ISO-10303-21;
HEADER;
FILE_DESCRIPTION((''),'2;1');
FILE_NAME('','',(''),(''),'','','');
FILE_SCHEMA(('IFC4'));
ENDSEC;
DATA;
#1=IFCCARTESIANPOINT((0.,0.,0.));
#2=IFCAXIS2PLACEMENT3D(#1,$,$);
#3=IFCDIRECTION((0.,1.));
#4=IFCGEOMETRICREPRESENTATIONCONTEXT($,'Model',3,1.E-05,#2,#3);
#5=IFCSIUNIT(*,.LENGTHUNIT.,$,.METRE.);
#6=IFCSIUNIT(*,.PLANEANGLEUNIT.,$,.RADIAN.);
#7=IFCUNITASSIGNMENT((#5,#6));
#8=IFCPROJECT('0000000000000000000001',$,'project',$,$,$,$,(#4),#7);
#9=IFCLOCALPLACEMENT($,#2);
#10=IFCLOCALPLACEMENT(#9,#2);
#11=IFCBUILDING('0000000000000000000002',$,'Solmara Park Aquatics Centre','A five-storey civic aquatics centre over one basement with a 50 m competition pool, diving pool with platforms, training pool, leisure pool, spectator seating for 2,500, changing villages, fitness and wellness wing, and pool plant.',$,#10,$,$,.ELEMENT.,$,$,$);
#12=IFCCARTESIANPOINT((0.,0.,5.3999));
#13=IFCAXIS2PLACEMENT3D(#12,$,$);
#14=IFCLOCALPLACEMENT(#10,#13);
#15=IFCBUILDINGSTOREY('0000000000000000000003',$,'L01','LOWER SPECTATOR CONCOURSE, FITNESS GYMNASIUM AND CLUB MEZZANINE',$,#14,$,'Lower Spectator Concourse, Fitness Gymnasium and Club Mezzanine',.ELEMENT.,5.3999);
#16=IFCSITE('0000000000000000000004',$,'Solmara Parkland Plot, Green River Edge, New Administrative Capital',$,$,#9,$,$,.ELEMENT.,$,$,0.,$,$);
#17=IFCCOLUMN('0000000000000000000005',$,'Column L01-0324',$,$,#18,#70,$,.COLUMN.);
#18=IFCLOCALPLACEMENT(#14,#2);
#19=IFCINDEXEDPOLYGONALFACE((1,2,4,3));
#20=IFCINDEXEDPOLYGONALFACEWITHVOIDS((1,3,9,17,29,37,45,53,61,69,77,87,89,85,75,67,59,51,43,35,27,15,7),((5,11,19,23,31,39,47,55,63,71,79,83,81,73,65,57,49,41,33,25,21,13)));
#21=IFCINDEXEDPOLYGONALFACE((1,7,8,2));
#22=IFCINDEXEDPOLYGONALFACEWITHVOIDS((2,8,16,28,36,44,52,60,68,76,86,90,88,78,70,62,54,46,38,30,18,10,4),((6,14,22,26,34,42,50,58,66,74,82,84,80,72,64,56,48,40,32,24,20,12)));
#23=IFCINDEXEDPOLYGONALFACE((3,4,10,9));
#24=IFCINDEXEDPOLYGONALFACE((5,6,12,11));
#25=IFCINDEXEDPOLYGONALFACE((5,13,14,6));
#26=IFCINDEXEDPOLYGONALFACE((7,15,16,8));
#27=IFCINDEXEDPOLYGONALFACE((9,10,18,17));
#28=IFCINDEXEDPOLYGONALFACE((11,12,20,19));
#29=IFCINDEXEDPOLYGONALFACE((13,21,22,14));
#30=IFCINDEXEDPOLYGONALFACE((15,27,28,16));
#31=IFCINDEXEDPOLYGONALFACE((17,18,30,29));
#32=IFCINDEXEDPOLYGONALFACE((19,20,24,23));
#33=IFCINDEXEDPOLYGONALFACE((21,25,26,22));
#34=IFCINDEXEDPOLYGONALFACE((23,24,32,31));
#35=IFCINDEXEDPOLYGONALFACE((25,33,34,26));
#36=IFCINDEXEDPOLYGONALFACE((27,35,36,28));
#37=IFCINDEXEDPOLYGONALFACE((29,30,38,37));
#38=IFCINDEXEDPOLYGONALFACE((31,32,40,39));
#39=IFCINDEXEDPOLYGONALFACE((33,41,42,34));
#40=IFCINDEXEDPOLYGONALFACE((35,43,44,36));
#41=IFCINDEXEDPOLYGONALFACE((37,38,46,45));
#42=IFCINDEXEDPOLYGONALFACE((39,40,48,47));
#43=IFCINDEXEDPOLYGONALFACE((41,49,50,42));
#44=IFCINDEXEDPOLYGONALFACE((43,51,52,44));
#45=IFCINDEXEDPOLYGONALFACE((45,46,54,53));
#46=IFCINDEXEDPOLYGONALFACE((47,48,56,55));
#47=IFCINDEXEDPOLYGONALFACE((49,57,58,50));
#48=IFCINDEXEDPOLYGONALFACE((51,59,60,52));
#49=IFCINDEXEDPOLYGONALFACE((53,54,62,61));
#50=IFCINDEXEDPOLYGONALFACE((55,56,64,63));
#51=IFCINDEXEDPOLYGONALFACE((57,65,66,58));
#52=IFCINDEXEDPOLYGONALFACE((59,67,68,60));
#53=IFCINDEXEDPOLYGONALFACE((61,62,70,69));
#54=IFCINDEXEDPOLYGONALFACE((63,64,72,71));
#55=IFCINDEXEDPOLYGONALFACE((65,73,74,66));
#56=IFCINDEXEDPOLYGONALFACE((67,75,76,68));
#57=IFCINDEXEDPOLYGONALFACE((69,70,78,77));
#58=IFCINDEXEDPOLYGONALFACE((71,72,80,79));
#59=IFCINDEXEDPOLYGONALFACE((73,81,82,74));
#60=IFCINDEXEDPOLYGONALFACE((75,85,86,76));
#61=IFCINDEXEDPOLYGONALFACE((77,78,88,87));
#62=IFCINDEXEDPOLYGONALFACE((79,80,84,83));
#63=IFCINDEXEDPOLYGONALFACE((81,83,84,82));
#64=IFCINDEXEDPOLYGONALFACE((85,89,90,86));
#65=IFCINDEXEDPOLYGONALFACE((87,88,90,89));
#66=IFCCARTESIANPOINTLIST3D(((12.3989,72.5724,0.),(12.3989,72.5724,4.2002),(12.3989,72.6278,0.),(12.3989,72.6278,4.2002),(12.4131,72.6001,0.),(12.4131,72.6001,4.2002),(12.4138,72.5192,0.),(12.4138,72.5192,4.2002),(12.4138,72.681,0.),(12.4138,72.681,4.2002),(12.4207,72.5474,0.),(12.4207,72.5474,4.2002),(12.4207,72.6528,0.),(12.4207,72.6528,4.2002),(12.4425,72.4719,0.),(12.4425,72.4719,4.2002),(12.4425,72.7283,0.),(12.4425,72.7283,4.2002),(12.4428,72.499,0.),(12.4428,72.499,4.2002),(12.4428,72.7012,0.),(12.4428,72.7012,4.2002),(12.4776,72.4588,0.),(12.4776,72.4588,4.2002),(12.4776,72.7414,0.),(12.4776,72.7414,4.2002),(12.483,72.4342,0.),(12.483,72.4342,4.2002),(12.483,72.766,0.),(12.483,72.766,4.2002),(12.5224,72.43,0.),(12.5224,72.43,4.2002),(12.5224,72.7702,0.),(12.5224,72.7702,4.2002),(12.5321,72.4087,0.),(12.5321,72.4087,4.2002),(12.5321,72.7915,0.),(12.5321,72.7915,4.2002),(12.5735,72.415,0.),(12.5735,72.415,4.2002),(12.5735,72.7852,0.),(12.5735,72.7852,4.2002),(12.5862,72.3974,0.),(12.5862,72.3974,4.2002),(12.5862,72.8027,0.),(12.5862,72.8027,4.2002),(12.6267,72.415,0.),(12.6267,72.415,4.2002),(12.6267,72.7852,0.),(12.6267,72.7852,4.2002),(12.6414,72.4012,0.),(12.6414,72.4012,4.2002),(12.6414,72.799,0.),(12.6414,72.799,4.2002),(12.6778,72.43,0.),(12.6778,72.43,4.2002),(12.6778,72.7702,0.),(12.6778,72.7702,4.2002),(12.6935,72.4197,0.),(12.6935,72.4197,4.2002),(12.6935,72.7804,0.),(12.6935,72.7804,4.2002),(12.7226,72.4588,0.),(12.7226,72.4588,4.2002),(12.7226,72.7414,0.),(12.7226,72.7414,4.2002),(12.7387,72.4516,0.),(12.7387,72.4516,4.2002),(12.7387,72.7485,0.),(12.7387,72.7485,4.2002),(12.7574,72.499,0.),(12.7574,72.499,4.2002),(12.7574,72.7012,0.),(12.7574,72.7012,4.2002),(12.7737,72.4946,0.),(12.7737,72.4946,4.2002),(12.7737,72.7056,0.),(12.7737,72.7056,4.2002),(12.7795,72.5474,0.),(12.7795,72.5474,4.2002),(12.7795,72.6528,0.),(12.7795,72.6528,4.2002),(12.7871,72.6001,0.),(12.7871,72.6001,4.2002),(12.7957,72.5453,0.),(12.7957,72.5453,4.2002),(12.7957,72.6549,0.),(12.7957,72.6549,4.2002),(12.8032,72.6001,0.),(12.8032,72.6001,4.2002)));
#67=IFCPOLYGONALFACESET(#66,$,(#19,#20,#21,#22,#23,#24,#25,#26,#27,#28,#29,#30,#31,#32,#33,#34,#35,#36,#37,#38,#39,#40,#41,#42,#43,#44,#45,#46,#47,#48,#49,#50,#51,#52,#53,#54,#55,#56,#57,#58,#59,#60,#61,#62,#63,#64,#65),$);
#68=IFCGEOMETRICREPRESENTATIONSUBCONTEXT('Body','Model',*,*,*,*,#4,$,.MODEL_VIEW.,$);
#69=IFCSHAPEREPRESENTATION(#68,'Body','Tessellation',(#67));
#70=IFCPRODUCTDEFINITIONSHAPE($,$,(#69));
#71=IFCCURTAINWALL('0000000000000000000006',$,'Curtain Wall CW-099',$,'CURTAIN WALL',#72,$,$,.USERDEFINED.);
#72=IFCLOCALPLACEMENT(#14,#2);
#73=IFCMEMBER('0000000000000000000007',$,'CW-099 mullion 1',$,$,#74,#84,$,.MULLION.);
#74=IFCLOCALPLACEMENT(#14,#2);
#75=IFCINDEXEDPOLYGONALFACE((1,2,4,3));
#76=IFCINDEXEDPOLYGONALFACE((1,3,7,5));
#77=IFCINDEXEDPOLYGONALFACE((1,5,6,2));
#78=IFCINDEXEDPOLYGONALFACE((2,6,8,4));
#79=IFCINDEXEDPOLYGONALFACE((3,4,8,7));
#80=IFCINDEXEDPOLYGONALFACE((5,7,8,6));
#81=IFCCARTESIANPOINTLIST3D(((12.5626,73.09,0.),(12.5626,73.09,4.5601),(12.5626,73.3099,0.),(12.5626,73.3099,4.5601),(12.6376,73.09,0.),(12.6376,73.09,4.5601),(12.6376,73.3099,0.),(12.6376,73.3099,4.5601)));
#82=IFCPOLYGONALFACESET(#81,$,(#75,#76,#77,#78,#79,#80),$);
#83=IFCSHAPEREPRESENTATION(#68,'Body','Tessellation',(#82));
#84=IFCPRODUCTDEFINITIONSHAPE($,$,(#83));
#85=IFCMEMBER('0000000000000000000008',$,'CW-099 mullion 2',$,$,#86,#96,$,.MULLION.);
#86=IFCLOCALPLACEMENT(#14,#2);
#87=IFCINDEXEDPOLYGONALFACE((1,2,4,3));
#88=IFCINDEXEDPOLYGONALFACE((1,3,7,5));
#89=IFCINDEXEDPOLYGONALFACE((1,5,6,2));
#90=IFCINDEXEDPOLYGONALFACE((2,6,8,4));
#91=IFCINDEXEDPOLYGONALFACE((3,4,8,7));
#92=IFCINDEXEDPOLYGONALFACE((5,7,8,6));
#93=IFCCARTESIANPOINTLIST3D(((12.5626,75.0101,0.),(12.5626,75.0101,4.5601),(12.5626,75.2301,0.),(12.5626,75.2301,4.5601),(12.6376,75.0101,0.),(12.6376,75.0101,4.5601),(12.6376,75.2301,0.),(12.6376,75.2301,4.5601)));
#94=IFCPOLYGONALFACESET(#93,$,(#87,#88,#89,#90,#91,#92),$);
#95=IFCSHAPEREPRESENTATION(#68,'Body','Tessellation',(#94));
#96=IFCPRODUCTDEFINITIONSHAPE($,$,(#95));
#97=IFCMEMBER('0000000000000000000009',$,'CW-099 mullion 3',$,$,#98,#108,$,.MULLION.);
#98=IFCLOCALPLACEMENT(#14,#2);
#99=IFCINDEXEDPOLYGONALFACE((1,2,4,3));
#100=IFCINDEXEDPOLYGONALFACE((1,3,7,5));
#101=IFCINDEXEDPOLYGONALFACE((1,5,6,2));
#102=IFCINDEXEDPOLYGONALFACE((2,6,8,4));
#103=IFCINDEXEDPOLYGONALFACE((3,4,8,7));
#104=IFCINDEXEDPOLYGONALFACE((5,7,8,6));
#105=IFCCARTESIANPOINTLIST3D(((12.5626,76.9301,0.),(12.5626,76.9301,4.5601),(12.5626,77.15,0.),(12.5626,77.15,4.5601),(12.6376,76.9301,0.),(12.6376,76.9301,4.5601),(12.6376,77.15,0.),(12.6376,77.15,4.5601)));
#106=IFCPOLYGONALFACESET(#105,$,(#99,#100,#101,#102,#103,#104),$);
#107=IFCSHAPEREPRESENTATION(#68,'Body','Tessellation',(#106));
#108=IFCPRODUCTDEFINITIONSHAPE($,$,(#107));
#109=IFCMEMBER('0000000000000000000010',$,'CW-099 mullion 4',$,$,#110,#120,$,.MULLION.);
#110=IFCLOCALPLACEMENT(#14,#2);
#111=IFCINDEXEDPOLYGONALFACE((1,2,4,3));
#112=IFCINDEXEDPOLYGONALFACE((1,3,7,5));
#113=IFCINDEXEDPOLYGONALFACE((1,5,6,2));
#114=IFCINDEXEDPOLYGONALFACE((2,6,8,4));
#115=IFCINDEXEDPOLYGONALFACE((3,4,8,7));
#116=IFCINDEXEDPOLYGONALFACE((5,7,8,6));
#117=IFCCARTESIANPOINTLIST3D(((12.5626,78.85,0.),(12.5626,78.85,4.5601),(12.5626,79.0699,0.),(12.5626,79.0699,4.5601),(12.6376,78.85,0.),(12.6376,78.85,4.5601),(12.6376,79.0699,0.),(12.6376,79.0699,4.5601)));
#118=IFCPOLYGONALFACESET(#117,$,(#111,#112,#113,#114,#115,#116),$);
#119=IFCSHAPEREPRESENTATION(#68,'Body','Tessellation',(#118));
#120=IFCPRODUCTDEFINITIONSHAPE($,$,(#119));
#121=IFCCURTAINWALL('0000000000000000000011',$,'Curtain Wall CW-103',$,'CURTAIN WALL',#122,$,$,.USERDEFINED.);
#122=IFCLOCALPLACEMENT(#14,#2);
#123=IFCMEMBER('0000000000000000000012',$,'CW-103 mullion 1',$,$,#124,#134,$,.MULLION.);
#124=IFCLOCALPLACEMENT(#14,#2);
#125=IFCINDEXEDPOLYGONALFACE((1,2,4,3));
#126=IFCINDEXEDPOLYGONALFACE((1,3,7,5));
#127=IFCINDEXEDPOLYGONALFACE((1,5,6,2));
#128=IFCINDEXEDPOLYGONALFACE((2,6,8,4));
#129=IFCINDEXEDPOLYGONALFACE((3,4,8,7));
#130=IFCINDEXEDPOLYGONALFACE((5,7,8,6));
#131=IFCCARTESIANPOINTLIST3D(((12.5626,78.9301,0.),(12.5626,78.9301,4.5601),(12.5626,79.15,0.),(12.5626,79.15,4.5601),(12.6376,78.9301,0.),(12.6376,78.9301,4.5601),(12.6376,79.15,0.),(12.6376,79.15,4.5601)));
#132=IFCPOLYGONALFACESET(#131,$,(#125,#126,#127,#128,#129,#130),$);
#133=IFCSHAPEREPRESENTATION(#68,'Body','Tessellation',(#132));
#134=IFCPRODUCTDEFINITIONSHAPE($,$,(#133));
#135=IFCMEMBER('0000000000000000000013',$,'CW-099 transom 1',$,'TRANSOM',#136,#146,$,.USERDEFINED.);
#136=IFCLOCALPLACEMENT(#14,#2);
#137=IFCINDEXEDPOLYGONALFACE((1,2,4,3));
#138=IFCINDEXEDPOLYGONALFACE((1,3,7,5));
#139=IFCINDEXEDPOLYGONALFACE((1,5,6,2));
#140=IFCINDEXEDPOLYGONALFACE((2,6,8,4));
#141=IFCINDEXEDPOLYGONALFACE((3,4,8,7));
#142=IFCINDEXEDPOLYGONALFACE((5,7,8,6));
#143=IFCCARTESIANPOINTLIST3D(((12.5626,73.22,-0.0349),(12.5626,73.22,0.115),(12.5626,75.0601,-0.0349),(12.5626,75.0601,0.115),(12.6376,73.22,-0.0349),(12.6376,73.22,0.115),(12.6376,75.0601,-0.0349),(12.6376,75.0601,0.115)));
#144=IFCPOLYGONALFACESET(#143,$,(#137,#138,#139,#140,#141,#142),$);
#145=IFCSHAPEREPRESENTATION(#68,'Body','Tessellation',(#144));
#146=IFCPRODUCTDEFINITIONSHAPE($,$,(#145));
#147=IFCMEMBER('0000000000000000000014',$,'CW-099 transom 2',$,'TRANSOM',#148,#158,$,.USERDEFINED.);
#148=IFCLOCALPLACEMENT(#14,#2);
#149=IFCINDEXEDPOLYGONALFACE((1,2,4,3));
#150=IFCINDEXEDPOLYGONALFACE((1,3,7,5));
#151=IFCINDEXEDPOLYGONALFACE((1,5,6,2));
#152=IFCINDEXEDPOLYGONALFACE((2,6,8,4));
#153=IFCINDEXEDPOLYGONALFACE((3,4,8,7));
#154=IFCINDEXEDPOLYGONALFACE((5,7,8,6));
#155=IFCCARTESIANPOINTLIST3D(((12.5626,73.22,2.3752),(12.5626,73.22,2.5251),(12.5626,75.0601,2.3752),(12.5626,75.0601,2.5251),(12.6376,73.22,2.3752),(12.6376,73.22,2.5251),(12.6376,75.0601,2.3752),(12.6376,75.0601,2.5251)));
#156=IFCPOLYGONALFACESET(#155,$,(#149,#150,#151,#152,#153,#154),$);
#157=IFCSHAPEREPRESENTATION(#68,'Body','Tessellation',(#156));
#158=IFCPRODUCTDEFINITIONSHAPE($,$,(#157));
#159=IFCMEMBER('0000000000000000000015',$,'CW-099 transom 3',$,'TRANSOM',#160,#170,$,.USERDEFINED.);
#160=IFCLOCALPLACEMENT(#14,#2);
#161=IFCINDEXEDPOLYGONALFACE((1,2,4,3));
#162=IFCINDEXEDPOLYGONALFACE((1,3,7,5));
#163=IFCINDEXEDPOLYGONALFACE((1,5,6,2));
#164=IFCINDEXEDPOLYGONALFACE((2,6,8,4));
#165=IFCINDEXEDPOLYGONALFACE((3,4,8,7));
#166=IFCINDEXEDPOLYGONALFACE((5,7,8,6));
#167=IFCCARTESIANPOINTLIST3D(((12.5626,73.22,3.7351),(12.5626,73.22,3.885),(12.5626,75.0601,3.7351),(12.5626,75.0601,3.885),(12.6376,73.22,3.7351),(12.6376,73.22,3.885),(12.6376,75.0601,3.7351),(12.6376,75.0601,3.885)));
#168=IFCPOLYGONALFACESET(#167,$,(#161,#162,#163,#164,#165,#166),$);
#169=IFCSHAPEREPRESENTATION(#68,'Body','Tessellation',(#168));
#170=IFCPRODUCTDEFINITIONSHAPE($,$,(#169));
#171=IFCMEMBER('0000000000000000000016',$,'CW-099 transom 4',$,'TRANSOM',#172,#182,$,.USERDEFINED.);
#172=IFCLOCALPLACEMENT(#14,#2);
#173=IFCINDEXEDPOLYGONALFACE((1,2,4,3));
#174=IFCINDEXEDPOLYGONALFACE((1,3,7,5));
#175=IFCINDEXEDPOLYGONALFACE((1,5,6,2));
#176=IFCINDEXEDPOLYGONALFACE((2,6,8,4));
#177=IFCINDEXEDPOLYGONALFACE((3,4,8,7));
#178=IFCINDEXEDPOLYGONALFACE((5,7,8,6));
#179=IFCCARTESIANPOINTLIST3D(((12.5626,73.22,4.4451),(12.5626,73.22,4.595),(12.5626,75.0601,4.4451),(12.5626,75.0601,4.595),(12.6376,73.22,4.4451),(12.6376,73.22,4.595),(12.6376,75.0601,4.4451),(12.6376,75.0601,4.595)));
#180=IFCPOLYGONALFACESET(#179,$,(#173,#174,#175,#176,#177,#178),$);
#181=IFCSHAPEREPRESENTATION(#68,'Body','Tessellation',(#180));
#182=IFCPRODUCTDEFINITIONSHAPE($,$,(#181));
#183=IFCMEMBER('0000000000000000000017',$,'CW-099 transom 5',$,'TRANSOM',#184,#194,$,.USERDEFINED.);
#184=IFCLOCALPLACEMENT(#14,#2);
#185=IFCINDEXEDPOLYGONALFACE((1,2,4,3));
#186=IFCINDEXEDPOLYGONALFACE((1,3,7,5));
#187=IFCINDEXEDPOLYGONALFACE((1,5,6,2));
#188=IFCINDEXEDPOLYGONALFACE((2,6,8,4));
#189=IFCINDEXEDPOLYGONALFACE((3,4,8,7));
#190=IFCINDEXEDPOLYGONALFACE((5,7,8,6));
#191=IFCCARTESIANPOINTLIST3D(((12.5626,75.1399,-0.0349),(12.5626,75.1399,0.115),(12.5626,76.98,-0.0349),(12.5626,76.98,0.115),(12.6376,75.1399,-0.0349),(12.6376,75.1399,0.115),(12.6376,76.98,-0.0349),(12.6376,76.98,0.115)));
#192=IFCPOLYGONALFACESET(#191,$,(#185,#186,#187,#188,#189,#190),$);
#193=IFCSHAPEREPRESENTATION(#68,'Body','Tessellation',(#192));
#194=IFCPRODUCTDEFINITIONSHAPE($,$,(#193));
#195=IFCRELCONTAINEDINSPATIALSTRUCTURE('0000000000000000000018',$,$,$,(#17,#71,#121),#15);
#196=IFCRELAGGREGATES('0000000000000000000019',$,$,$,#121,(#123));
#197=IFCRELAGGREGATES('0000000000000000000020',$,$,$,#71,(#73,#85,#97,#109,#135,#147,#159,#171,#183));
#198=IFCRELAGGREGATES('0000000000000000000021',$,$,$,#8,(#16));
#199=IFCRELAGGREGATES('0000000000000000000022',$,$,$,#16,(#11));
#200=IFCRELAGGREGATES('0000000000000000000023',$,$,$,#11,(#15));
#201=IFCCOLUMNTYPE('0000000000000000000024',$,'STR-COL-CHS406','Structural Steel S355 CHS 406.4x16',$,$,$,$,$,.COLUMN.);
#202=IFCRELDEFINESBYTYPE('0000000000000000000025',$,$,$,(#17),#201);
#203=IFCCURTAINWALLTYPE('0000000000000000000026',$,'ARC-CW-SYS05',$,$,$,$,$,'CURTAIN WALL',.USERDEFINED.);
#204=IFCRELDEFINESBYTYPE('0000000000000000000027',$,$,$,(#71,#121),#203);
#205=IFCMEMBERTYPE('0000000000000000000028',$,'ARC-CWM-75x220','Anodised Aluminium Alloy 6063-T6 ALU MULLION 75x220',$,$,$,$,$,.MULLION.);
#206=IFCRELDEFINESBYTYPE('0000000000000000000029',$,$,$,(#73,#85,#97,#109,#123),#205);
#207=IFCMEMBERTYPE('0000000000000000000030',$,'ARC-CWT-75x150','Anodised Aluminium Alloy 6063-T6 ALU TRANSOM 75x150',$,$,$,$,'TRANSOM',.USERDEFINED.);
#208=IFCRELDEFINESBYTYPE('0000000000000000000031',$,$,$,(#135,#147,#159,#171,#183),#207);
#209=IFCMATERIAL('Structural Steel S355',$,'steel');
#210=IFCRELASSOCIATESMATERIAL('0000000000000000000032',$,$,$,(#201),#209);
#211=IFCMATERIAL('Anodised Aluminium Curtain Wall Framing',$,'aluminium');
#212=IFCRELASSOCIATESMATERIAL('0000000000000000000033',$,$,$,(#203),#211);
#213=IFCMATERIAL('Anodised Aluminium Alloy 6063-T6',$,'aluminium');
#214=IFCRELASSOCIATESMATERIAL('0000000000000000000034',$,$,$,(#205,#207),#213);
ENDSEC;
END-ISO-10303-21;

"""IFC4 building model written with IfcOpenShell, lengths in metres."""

from ifc_helpers import new_model, si_unit, direction, frame, origin, origin_2d, place, context, subcontext, project, spatial, rectangle, hollow_circle, extrude, material, material_profile, profile_set, type_object, element, aggregate, save


model = new_model("IFC4")

# Units and contexts
model_context = context("Model", 3, precision=1e-05, world=origin(), true_north=direction((0.0, 1.0)))
body_context = subcontext(model_context, "Body", "Model", "MODEL_VIEW")
ifc_project = project(units=[si_unit("LENGTHUNIT", "METRE"), si_unit("PLANEANGLEUNIT", "RADIAN")], contexts=[model_context])

# Site, building, storey
site_placement = place(None, origin())
site = spatial("IfcSite", under=ifc_project, at=site_placement, Name="Solmara Parkland Plot, Green River Edge, New Administrative Capital", CompositionType="ELEMENT", RefElevation=0.0)
building_placement = place(site_placement, origin())
building = spatial("IfcBuilding", under=site, at=building_placement, Name="Solmara Park Aquatics Centre", Description="A five-storey civic aquatics centre over one basement with a 50 m competition pool, diving pool with platforms, training pool, leisure pool, spectator seating for 2,500, changing villages, fitness and wellness wing, and pool plant.", CompositionType="ELEMENT")
storey_placement = place(building_placement, frame((0.0, 0.0, 5.3999)))
storey = spatial("IfcBuildingStorey", under=building, at=storey_placement, Name="L01", Description="LOWER SPECTATOR CONCOURSE, FITNESS GYMNASIUM AND CLUB MEZZANINE", LongName="Lower Spectator Concourse, Fitness Gymnasium and Club Mezzanine", CompositionType="ELEMENT", Elevation=5.3999)

# Column
ifc_material_1 = material(Name="Structural Steel S355", Category="steel")
ifc_material_profile_1 = material_profile(ifc_material_1, hollow_circle(Radius=0.2031, WallThickness=0.0161, at=origin_2d()), Name="CHS 406.4x16")
ifc_profile_set_1 = profile_set([ifc_material_profile_1], Name="Structural Steel S355")
column_type = type_object("IfcColumnType", Name="STR-COL-CHS406", Description="Structural Steel S355 CHS 406.4x16", PredefinedType="COLUMN", material=ifc_profile_set_1)
column_placement = place(storey_placement, frame((12.6001, 72.6001, 0.0), z_axis=(0.0, 0.0, 1.0), x_axis=(1.0, 0.0, 0.0)))
element("IfcColumn", 1, at=column_placement, inside=storey, type_object=column_type, Name="Column L01-0324", PredefinedType="COLUMN", context=body_context, shape_type="SweptSolid", body=[
    extrude(hollow_circle(Radius=0.2031, WallThickness=0.0161, at=origin_2d()), origin(), (0.0, 0.0, 1.0), 4.2002),
])

# Curtain wall, members
ifc_material_2 = material(Name="Anodised Aluminium Curtain Wall Framing", Category="aluminium")
curtain_wall_type = type_object("IfcCurtainWallType", Name="ARC-CW-SYS05", ElementType="CURTAIN WALL", PredefinedType="USERDEFINED", material=ifc_material_2)
curtain_wall_1_placement = place(storey_placement, origin())
curtain_wall_1 = element("IfcCurtainWall", 2, at=curtain_wall_1_placement, inside=storey, type_object=curtain_wall_type, Name="Curtain Wall CW-099", ObjectType="CURTAIN WALL", PredefinedType="USERDEFINED")
ifc_material_3 = material(Name="Anodised Aluminium Alloy 6063-T6", Category="aluminium")
ifc_material_profile_2 = material_profile(ifc_material_3, rectangle(XDim=0.075, YDim=0.22, at=origin_2d()), Name="ALU MULLION 75x220")
ifc_profile_set_2 = profile_set([ifc_material_profile_2], Name="Anodised Aluminium Alloy 6063-T6")
member_type_1 = type_object("IfcMemberType", Name="ARC-CWM-75x220", Description="Anodised Aluminium Alloy 6063-T6 ALU MULLION 75x220", PredefinedType="MULLION", material=ifc_profile_set_2)
member_1_placement = place(storey_placement, frame((12.6001, 73.2, 0.0), z_axis=(0.0, 0.0, 1.0), x_axis=(1.0, 0.0, 0.0)))
member_1 = element("IfcMember", 3, at=member_1_placement, type_object=member_type_1, Name="CW-099 mullion 1", PredefinedType="MULLION", context=body_context, shape_type="SweptSolid", body=[
    extrude(rectangle(XDim=0.075, YDim=0.22, at=origin_2d()), origin(), (0.0, 0.0, 1.0), 4.5601),
])
member_2_placement = place(storey_placement, frame((12.6001, 75.1201, 0.0), z_axis=(0.0, 0.0, 1.0), x_axis=(1.0, 0.0, 0.0)))
member_2 = element("IfcMember", 4, at=member_2_placement, type_object=member_type_1, Name="CW-099 mullion 2", PredefinedType="MULLION", context=body_context, shape_type="SweptSolid", body=[
    extrude(rectangle(XDim=0.075, YDim=0.22, at=origin_2d()), origin(), (0.0, 0.0, 1.0), 4.5601),
])
member_3_placement = place(storey_placement, frame((12.6001, 77.04, 0.0), z_axis=(0.0, 0.0, 1.0), x_axis=(1.0, 0.0, 0.0)))
member_3 = element("IfcMember", 5, at=member_3_placement, type_object=member_type_1, Name="CW-099 mullion 3", PredefinedType="MULLION", context=body_context, shape_type="SweptSolid", body=[
    extrude(rectangle(XDim=0.075, YDim=0.22, at=origin_2d()), origin(), (0.0, 0.0, 1.0), 4.5601),
])
member_4_placement = place(storey_placement, frame((12.6001, 78.96, 0.0), z_axis=(0.0, 0.0, 1.0), x_axis=(1.0, 0.0, 0.0)))
member_4 = element("IfcMember", 6, at=member_4_placement, type_object=member_type_1, Name="CW-099 mullion 4", PredefinedType="MULLION", context=body_context, shape_type="SweptSolid", body=[
    extrude(rectangle(XDim=0.075, YDim=0.22, at=origin_2d()), origin(), (0.0, 0.0, 1.0), 4.5601),
])

# Curtain wall, member
curtain_wall_2_placement = place(storey_placement, origin())
curtain_wall_2 = element("IfcCurtainWall", 7, at=curtain_wall_2_placement, inside=storey, type_object=curtain_wall_type, Name="Curtain Wall CW-103", ObjectType="CURTAIN WALL", PredefinedType="USERDEFINED")
member_5_placement = place(storey_placement, frame((12.6001, 79.04, 0.0), z_axis=(0.0, 0.0, 1.0), x_axis=(1.0, 0.0, 0.0)))
member_5 = element("IfcMember", 8, at=member_5_placement, type_object=member_type_1, Name="CW-103 mullion 1", PredefinedType="MULLION", context=body_context, shape_type="SweptSolid", body=[
    extrude(rectangle(XDim=0.075, YDim=0.22, at=origin_2d()), origin(), (0.0, 0.0, 1.0), 4.5601),
])

# Members
ifc_material_profile_3 = material_profile(ifc_material_3, rectangle(XDim=0.075, YDim=0.1499, at=origin_2d()), Name="ALU TRANSOM 75x150")
ifc_profile_set_3 = profile_set([ifc_material_profile_3], Name="Anodised Aluminium Alloy 6063-T6")
member_type_2 = type_object("IfcMemberType", Name="ARC-CWT-75x150", Description="Anodised Aluminium Alloy 6063-T6 ALU TRANSOM 75x150", ElementType="TRANSOM", PredefinedType="USERDEFINED", material=ifc_profile_set_3)
member_6_placement = place(storey_placement, frame((12.6001, 73.22, 0.04), z_axis=(0.0, 1.0, 0.0), x_axis=(-1.0, 0.0, 0.0)))
member_6 = element("IfcMember", 9, at=member_6_placement, type_object=member_type_2, Name="CW-099 transom 1", ObjectType="TRANSOM", PredefinedType="USERDEFINED", context=body_context, shape_type="SweptSolid", body=[
    extrude(rectangle(XDim=0.075, YDim=0.1499, at=origin_2d()), origin(), (0.0, 0.0, 1.0), 1.8401),
])
member_7_placement = place(storey_placement, frame((12.6001, 73.22, 2.4502), z_axis=(0.0, 1.0, 0.0), x_axis=(-1.0, 0.0, 0.0)))
member_7 = element("IfcMember", 10, at=member_7_placement, type_object=member_type_2, Name="CW-099 transom 2", ObjectType="TRANSOM", PredefinedType="USERDEFINED", context=body_context, shape_type="SweptSolid", body=[
    extrude(rectangle(XDim=0.075, YDim=0.1499, at=origin_2d()), origin(), (0.0, 0.0, 1.0), 1.8401),
])
member_8_placement = place(storey_placement, frame((12.6001, 73.22, 3.8101), z_axis=(0.0, 1.0, 0.0), x_axis=(-1.0, 0.0, 0.0)))
member_8 = element("IfcMember", 11, at=member_8_placement, type_object=member_type_2, Name="CW-099 transom 3", ObjectType="TRANSOM", PredefinedType="USERDEFINED", context=body_context, shape_type="SweptSolid", body=[
    extrude(rectangle(XDim=0.075, YDim=0.1499, at=origin_2d()), origin(), (0.0, 0.0, 1.0), 1.8401),
])
member_9_placement = place(storey_placement, frame((12.6001, 73.22, 4.52), z_axis=(0.0, 1.0, 0.0), x_axis=(-1.0, 0.0, 0.0)))
member_9 = element("IfcMember", 12, at=member_9_placement, type_object=member_type_2, Name="CW-099 transom 4", ObjectType="TRANSOM", PredefinedType="USERDEFINED", context=body_context, shape_type="SweptSolid", body=[
    extrude(rectangle(XDim=0.075, YDim=0.1499, at=origin_2d()), origin(), (0.0, 0.0, 1.0), 1.8401),
])
member_10_placement = place(storey_placement, frame((12.6001, 75.1399, 0.04), z_axis=(0.0, 1.0, 0.0), x_axis=(-1.0, 0.0, 0.0)))
member_10 = element("IfcMember", 13, at=member_10_placement, type_object=member_type_2, Name="CW-099 transom 5", ObjectType="TRANSOM", PredefinedType="USERDEFINED", context=body_context, shape_type="SweptSolid", body=[
    extrude(rectangle(XDim=0.075, YDim=0.1499, at=origin_2d()), origin(), (0.0, 0.0, 1.0), 1.8401),
])
aggregate(curtain_wall_2, [member_5])

aggregate(curtain_wall_1, [member_1, member_2, member_3, member_4, member_6, member_7, member_8, member_9, member_10])

save(model, "model.ifc")
